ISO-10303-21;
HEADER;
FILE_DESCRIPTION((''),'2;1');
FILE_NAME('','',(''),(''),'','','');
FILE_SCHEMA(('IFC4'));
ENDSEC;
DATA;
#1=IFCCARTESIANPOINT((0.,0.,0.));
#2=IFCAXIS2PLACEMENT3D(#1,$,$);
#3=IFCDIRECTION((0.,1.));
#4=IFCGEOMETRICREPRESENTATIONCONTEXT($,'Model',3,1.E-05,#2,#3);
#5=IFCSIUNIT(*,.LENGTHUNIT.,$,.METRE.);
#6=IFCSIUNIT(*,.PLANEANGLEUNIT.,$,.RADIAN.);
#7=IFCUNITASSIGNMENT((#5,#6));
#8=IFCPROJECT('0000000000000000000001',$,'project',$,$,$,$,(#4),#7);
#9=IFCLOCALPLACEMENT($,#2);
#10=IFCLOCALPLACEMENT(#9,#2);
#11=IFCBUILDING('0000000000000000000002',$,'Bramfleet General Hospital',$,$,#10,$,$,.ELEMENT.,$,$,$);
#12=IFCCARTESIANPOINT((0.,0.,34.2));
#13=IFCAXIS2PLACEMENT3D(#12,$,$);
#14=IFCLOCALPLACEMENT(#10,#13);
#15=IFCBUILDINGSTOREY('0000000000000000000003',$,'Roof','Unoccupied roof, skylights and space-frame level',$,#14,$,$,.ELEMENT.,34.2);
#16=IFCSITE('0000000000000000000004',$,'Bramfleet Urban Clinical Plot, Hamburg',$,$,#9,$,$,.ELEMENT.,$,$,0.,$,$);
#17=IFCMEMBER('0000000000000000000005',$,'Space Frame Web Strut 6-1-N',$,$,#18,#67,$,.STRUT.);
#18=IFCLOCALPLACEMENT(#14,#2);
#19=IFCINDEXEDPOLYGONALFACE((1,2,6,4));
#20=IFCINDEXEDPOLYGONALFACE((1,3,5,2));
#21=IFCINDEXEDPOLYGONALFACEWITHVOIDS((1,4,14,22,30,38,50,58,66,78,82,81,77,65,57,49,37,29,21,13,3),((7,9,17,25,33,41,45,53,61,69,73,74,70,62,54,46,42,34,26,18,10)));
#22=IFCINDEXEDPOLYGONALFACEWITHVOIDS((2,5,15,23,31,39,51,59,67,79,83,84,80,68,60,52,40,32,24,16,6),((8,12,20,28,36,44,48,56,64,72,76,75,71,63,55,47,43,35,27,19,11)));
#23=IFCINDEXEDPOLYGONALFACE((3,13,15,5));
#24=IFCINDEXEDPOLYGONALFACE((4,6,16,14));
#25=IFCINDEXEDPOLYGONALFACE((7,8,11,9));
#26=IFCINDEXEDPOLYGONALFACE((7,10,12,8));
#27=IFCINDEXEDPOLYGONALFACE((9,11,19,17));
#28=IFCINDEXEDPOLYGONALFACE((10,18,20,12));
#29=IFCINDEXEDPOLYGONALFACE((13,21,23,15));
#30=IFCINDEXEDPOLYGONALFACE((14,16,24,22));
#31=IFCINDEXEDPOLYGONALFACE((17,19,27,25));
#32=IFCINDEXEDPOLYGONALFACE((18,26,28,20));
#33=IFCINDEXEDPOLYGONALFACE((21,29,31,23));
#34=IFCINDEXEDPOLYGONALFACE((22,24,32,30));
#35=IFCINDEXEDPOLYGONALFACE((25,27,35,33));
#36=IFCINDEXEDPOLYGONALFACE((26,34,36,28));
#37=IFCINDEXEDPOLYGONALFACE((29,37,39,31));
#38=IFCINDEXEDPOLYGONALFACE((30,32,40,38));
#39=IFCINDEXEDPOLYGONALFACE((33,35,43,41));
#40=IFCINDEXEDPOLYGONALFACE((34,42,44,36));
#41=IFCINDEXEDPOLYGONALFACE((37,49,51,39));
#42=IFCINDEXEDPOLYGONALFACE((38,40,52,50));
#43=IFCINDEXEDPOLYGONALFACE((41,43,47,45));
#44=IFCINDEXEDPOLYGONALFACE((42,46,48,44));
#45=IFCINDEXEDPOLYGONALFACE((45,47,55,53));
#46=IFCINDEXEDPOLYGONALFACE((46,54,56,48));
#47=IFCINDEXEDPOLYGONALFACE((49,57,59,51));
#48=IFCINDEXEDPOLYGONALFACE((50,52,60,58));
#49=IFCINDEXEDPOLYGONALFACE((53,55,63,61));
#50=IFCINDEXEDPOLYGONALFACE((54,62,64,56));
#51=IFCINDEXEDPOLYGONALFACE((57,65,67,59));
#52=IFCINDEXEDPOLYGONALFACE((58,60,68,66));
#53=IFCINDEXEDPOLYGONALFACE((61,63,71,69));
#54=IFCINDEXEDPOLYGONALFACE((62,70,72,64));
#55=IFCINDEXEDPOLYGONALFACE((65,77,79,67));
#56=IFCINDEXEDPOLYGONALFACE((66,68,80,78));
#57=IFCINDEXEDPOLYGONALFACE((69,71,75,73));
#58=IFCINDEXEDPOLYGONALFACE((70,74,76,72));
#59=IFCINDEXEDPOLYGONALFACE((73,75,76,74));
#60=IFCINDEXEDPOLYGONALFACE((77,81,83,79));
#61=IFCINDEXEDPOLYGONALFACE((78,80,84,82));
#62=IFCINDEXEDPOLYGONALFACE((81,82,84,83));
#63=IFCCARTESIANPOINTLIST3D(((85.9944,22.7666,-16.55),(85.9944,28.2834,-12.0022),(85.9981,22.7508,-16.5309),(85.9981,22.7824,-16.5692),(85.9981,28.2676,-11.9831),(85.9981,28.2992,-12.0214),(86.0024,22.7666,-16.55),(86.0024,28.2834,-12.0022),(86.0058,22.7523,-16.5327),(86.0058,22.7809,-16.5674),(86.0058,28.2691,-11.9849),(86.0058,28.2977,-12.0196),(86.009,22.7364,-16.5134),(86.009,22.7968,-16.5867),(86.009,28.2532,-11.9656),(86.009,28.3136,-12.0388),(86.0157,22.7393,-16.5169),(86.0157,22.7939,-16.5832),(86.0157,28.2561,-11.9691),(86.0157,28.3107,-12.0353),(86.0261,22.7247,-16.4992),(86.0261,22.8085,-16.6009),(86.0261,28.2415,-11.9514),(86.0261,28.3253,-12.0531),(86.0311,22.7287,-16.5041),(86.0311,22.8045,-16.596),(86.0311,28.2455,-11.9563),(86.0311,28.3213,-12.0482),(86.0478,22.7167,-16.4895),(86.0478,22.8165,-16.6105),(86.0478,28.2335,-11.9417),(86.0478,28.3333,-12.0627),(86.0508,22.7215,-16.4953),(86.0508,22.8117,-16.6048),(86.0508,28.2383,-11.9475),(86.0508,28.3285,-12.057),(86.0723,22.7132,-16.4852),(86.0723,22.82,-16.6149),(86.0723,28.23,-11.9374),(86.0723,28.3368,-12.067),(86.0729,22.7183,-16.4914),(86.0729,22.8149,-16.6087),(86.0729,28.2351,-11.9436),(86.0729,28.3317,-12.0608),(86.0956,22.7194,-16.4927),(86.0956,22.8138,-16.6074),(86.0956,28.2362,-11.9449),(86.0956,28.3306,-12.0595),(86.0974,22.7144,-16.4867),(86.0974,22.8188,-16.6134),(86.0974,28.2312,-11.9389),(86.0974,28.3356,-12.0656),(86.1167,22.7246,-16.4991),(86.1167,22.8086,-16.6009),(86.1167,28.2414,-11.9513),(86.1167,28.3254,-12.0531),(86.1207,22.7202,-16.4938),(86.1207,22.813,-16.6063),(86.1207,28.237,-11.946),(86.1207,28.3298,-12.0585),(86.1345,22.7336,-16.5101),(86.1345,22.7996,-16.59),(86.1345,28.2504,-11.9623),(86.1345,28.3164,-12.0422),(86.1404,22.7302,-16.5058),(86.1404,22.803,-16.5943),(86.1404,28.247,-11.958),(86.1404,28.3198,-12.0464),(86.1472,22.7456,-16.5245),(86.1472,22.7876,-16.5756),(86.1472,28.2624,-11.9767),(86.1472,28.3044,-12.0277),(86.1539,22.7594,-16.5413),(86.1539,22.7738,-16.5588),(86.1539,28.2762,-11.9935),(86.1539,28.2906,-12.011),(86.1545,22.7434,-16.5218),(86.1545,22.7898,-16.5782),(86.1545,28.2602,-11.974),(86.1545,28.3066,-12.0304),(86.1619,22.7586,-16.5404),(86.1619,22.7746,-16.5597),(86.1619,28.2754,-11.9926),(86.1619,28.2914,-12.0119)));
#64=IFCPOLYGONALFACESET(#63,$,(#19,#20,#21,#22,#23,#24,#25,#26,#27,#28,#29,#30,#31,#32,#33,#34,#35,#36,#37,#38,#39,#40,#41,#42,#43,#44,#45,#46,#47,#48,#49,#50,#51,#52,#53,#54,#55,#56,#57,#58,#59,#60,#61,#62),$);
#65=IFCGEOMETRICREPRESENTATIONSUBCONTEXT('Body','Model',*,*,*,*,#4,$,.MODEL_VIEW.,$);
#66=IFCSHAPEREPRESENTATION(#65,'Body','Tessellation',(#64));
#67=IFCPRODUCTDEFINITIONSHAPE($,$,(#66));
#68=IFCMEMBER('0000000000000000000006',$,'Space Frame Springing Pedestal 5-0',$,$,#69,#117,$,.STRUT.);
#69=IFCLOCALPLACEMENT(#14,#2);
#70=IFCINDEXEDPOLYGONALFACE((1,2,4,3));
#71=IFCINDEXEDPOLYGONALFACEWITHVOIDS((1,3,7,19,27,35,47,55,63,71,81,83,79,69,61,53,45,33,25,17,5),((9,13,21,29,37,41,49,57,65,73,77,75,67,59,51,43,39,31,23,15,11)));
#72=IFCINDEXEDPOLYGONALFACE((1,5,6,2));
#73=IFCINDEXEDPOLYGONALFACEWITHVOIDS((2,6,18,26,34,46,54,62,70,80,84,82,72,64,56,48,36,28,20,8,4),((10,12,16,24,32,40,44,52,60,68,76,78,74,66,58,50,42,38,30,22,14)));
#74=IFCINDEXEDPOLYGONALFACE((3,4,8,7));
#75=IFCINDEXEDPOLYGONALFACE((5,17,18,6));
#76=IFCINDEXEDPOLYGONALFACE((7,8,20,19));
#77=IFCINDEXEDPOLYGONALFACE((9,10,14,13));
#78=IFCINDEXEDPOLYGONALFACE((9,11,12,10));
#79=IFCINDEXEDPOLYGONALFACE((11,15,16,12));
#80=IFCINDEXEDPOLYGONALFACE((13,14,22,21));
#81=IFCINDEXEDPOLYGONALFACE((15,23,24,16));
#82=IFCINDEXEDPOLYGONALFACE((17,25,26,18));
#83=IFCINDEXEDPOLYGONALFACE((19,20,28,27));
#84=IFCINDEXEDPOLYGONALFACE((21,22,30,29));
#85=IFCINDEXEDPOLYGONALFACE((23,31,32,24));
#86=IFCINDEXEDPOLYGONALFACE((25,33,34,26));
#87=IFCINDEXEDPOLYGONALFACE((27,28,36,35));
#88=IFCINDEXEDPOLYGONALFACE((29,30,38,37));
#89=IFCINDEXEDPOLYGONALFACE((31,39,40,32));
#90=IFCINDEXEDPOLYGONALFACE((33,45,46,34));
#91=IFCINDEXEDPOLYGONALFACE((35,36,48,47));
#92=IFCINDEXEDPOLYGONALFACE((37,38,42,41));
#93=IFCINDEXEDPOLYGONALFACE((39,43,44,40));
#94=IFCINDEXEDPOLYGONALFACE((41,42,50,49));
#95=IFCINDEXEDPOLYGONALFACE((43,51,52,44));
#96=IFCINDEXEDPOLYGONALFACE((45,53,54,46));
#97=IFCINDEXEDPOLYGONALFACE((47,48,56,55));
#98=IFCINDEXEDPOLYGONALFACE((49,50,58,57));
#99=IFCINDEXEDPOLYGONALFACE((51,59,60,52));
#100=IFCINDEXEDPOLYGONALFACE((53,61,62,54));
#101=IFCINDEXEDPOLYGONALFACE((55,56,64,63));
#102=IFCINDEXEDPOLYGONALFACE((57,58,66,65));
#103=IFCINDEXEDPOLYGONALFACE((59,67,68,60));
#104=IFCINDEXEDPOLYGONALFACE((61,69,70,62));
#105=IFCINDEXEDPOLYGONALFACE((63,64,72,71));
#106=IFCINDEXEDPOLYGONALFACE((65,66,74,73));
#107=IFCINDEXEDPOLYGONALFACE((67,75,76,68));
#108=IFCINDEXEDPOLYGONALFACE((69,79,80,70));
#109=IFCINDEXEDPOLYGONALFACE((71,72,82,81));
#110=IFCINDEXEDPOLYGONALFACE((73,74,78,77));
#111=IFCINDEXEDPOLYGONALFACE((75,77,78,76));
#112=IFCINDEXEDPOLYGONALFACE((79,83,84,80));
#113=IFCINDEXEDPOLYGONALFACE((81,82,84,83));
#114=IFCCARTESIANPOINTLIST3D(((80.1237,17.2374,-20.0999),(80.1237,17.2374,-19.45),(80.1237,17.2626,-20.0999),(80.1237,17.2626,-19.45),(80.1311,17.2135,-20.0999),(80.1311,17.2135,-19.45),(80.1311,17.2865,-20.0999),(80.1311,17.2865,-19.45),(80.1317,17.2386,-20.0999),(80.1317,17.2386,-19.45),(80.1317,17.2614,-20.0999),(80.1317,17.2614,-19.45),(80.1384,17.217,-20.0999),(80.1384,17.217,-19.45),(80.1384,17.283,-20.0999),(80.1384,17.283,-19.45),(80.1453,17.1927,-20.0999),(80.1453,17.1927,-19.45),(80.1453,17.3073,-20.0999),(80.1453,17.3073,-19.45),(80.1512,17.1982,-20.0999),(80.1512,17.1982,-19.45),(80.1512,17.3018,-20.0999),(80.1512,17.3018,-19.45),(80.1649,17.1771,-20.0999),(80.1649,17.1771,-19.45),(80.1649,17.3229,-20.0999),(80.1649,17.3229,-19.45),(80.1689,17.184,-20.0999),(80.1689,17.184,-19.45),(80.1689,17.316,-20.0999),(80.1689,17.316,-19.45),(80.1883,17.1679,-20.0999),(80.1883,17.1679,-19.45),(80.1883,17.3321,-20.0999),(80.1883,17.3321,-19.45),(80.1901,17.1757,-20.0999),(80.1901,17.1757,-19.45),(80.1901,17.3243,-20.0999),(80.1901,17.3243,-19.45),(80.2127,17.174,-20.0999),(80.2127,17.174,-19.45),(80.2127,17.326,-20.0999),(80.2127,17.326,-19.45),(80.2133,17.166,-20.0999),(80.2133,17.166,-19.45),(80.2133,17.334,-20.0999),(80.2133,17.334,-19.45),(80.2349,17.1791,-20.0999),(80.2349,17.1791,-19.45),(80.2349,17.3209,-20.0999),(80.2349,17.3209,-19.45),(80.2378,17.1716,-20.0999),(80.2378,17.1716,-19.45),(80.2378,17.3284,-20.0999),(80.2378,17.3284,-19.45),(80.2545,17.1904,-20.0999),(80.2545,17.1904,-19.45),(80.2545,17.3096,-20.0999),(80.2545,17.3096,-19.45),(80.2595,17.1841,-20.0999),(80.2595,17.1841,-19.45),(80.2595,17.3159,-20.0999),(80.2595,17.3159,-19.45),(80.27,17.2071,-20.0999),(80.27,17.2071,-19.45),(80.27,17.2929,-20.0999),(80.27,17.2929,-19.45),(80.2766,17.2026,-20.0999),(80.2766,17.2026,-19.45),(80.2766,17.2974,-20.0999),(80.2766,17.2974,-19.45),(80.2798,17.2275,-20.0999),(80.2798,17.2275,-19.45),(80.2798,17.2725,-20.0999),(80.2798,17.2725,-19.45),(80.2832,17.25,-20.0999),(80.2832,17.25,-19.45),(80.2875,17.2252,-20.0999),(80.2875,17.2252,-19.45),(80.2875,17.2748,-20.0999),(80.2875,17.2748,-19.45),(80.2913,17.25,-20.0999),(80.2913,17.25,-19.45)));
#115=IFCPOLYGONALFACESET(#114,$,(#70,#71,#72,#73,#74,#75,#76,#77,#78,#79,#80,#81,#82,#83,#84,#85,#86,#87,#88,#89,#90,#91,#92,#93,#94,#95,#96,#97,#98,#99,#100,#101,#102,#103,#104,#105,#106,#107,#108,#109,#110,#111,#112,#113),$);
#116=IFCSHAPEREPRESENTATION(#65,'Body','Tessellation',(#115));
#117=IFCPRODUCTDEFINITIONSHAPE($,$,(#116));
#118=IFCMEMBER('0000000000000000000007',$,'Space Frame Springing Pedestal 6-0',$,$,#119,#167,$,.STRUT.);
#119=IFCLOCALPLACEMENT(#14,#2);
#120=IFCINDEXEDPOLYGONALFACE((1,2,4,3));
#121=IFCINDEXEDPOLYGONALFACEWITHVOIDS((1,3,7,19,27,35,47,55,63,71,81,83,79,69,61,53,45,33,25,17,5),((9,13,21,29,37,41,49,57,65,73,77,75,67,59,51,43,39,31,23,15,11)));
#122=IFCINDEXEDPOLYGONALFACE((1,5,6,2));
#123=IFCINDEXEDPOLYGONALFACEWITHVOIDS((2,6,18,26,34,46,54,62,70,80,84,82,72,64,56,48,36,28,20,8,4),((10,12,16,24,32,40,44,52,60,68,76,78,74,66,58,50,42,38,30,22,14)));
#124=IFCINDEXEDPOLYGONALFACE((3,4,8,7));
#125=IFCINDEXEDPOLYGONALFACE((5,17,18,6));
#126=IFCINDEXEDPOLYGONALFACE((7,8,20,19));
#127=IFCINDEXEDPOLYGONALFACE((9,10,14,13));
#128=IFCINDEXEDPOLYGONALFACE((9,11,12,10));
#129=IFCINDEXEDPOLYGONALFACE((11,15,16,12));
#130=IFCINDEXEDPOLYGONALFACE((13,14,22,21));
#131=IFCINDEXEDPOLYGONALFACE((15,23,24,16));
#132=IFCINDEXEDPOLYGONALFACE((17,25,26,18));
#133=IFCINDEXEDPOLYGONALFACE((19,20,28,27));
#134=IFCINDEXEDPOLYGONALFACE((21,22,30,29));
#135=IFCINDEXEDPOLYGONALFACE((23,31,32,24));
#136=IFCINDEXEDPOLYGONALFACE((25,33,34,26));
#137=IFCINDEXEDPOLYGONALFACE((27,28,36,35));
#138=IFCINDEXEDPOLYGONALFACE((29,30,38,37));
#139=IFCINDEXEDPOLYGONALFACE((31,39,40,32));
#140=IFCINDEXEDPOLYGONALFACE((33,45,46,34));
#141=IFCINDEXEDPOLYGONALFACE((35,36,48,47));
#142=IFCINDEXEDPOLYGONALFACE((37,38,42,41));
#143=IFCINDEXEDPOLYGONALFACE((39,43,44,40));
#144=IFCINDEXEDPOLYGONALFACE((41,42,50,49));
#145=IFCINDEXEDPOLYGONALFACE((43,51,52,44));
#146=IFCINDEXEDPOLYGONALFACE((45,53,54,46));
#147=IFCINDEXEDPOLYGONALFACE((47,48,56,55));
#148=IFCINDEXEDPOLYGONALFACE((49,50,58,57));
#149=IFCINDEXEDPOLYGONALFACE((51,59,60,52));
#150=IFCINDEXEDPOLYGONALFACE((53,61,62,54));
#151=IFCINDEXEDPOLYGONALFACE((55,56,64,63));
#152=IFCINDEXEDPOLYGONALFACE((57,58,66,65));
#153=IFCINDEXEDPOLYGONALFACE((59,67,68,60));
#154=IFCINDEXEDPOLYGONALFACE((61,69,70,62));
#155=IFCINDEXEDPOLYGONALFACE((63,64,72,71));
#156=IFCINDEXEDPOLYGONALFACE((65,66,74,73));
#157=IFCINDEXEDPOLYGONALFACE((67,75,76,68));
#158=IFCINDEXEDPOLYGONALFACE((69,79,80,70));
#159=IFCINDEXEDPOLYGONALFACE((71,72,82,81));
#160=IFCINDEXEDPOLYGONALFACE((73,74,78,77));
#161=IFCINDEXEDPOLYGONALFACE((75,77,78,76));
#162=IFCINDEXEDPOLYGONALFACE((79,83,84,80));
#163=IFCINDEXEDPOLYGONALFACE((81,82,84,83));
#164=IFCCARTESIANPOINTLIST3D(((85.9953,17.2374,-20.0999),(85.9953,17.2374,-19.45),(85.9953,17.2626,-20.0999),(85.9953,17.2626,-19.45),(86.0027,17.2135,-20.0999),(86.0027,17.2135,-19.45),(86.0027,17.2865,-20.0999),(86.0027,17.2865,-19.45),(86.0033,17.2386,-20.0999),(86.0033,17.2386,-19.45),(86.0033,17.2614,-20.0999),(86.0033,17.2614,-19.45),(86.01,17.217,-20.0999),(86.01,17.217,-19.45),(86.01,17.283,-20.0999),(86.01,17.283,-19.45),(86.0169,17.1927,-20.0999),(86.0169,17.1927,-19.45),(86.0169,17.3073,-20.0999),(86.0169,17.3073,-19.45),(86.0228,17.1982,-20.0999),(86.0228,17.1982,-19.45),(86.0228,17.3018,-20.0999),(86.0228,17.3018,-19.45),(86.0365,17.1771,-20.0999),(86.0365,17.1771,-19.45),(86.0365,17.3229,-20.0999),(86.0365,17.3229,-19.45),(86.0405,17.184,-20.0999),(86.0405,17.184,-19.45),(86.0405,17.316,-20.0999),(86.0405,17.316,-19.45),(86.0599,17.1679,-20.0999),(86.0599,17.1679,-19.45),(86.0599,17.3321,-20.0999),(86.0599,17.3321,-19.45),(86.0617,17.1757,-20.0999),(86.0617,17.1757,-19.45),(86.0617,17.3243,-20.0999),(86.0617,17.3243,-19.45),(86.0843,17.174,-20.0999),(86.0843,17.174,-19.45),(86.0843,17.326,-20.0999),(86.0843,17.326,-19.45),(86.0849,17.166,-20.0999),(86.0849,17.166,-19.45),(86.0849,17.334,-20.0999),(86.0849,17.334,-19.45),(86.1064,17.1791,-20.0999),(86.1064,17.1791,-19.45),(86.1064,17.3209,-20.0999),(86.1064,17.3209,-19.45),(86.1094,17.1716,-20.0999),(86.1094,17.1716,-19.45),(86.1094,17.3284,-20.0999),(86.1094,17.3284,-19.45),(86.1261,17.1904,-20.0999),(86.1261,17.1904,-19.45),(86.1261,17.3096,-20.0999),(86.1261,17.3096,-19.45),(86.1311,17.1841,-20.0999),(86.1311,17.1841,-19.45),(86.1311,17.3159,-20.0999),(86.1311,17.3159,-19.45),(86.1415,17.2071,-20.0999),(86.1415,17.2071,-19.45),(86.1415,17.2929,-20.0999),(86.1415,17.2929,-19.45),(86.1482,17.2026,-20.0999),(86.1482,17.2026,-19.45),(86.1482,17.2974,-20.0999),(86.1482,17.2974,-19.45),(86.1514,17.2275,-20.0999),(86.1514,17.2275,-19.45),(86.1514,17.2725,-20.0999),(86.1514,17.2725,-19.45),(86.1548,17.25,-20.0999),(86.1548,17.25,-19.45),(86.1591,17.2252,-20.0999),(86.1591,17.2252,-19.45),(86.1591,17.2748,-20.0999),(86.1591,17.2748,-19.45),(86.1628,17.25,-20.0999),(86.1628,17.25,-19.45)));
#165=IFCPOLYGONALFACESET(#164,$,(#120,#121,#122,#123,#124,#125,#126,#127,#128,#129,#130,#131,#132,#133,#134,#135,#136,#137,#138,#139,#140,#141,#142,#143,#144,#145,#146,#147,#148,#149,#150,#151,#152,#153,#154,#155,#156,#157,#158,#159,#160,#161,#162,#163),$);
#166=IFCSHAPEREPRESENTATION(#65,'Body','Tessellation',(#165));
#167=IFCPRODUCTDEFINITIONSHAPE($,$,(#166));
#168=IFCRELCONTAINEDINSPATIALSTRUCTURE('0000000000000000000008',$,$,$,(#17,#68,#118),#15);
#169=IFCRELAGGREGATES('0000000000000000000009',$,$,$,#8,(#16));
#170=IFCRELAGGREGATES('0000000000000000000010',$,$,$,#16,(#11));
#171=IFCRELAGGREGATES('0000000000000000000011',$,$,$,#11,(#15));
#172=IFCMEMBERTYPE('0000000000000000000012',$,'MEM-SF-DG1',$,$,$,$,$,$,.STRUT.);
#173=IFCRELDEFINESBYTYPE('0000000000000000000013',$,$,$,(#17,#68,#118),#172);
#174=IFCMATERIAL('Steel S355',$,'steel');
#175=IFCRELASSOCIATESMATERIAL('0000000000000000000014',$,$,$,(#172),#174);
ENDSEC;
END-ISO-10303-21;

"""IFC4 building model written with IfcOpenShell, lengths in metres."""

from ifc_helpers import new_model, si_unit, direction, frame, origin, origin_2d, place, context, subcontext, project, spatial, hollow_circle, extrude, material, material_profile, profile_set, type_object, element, save


model = new_model("IFC4")

# Units and contexts
model_context = context("Model", 3, precision=1e-05, world=origin(), true_north=direction((0.0, 1.0)))
body_context = subcontext(model_context, "Body", "Model", "MODEL_VIEW")
ifc_project = project(units=[si_unit("LENGTHUNIT", "METRE"), si_unit("PLANEANGLEUNIT", "RADIAN")], contexts=[model_context])

# Site, building, storey
site_placement = place(None, origin())
site = spatial("IfcSite", under=ifc_project, at=site_placement, Name="Bramfleet Urban Clinical Plot, Hamburg", CompositionType="ELEMENT", RefElevation=0.0)
building_placement = place(site_placement, origin())
building = spatial("IfcBuilding", under=site, at=building_placement, Name="Bramfleet General Hospital", CompositionType="ELEMENT")
storey_placement = place(building_placement, frame((0.0, 0.0, 34.2)))
storey = spatial("IfcBuildingStorey", under=building, at=storey_placement, Name="Roof", Description="Unoccupied roof, skylights and space-frame level", CompositionType="ELEMENT", Elevation=34.2)

# Members
ifc_material_1 = material(Name="Steel S355", Category="steel")
ifc_material_profile_1 = material_profile(ifc_material_1, hollow_circle(Radius=0.0842, WallThickness=0.0081, at=origin_2d()), Name="CHS 168.3x8.0")
ifc_profile_set_1 = profile_set([ifc_material_profile_1], Name="Steel S355")
member_type_1 = type_object("IfcMemberType", Name="MEM-SF-DG1", PredefinedType="STRUT", material=ifc_profile_set_1)
member_1_placement = place(storey_placement, frame((86.0786, 22.7666, -16.55), z_axis=(0.0, 0.771617, 0.636088), x_axis=(-1.0, 0.0, 0.0)))
element("IfcMember", 1, at=member_1_placement, inside=storey, type_object=member_type_1, Name="Space Frame Web Strut 6-1-N", PredefinedType="STRUT", context=body_context, shape_type="SweptSolid", body=[
    extrude(hollow_circle(Radius=0.0842, WallThickness=0.0081, at=origin_2d()), origin(), (0.0, 0.0, 1.0), 7.1497),
])
for number, where, z_axis, x_axis, name in (
    (2, (80.207, 17.25, -20.0999), (0.0, 0.0, 1.0), (1.0, 0.0, 0.0), "Space Frame Springing Pedestal 5-0"),
    (3, (86.0786, 17.25, -20.0999), (0.0, 0.0, 1.0), (1.0, 0.0, 0.0), "Space Frame Springing Pedestal 6-0"),
):
    element("IfcMember", number, at=place(storey_placement, frame(where, z_axis=z_axis, x_axis=x_axis)), inside=storey, type_object=member_type_1, Name=name, PredefinedType="STRUT", context=body_context, shape_type="SweptSolid", body=[
        extrude(hollow_circle(Radius=0.0842, WallThickness=0.0081, at=origin_2d()), origin(), (0.0, 0.0, 1.0), 0.6499),
    ])

save(model, "model.ifc")
